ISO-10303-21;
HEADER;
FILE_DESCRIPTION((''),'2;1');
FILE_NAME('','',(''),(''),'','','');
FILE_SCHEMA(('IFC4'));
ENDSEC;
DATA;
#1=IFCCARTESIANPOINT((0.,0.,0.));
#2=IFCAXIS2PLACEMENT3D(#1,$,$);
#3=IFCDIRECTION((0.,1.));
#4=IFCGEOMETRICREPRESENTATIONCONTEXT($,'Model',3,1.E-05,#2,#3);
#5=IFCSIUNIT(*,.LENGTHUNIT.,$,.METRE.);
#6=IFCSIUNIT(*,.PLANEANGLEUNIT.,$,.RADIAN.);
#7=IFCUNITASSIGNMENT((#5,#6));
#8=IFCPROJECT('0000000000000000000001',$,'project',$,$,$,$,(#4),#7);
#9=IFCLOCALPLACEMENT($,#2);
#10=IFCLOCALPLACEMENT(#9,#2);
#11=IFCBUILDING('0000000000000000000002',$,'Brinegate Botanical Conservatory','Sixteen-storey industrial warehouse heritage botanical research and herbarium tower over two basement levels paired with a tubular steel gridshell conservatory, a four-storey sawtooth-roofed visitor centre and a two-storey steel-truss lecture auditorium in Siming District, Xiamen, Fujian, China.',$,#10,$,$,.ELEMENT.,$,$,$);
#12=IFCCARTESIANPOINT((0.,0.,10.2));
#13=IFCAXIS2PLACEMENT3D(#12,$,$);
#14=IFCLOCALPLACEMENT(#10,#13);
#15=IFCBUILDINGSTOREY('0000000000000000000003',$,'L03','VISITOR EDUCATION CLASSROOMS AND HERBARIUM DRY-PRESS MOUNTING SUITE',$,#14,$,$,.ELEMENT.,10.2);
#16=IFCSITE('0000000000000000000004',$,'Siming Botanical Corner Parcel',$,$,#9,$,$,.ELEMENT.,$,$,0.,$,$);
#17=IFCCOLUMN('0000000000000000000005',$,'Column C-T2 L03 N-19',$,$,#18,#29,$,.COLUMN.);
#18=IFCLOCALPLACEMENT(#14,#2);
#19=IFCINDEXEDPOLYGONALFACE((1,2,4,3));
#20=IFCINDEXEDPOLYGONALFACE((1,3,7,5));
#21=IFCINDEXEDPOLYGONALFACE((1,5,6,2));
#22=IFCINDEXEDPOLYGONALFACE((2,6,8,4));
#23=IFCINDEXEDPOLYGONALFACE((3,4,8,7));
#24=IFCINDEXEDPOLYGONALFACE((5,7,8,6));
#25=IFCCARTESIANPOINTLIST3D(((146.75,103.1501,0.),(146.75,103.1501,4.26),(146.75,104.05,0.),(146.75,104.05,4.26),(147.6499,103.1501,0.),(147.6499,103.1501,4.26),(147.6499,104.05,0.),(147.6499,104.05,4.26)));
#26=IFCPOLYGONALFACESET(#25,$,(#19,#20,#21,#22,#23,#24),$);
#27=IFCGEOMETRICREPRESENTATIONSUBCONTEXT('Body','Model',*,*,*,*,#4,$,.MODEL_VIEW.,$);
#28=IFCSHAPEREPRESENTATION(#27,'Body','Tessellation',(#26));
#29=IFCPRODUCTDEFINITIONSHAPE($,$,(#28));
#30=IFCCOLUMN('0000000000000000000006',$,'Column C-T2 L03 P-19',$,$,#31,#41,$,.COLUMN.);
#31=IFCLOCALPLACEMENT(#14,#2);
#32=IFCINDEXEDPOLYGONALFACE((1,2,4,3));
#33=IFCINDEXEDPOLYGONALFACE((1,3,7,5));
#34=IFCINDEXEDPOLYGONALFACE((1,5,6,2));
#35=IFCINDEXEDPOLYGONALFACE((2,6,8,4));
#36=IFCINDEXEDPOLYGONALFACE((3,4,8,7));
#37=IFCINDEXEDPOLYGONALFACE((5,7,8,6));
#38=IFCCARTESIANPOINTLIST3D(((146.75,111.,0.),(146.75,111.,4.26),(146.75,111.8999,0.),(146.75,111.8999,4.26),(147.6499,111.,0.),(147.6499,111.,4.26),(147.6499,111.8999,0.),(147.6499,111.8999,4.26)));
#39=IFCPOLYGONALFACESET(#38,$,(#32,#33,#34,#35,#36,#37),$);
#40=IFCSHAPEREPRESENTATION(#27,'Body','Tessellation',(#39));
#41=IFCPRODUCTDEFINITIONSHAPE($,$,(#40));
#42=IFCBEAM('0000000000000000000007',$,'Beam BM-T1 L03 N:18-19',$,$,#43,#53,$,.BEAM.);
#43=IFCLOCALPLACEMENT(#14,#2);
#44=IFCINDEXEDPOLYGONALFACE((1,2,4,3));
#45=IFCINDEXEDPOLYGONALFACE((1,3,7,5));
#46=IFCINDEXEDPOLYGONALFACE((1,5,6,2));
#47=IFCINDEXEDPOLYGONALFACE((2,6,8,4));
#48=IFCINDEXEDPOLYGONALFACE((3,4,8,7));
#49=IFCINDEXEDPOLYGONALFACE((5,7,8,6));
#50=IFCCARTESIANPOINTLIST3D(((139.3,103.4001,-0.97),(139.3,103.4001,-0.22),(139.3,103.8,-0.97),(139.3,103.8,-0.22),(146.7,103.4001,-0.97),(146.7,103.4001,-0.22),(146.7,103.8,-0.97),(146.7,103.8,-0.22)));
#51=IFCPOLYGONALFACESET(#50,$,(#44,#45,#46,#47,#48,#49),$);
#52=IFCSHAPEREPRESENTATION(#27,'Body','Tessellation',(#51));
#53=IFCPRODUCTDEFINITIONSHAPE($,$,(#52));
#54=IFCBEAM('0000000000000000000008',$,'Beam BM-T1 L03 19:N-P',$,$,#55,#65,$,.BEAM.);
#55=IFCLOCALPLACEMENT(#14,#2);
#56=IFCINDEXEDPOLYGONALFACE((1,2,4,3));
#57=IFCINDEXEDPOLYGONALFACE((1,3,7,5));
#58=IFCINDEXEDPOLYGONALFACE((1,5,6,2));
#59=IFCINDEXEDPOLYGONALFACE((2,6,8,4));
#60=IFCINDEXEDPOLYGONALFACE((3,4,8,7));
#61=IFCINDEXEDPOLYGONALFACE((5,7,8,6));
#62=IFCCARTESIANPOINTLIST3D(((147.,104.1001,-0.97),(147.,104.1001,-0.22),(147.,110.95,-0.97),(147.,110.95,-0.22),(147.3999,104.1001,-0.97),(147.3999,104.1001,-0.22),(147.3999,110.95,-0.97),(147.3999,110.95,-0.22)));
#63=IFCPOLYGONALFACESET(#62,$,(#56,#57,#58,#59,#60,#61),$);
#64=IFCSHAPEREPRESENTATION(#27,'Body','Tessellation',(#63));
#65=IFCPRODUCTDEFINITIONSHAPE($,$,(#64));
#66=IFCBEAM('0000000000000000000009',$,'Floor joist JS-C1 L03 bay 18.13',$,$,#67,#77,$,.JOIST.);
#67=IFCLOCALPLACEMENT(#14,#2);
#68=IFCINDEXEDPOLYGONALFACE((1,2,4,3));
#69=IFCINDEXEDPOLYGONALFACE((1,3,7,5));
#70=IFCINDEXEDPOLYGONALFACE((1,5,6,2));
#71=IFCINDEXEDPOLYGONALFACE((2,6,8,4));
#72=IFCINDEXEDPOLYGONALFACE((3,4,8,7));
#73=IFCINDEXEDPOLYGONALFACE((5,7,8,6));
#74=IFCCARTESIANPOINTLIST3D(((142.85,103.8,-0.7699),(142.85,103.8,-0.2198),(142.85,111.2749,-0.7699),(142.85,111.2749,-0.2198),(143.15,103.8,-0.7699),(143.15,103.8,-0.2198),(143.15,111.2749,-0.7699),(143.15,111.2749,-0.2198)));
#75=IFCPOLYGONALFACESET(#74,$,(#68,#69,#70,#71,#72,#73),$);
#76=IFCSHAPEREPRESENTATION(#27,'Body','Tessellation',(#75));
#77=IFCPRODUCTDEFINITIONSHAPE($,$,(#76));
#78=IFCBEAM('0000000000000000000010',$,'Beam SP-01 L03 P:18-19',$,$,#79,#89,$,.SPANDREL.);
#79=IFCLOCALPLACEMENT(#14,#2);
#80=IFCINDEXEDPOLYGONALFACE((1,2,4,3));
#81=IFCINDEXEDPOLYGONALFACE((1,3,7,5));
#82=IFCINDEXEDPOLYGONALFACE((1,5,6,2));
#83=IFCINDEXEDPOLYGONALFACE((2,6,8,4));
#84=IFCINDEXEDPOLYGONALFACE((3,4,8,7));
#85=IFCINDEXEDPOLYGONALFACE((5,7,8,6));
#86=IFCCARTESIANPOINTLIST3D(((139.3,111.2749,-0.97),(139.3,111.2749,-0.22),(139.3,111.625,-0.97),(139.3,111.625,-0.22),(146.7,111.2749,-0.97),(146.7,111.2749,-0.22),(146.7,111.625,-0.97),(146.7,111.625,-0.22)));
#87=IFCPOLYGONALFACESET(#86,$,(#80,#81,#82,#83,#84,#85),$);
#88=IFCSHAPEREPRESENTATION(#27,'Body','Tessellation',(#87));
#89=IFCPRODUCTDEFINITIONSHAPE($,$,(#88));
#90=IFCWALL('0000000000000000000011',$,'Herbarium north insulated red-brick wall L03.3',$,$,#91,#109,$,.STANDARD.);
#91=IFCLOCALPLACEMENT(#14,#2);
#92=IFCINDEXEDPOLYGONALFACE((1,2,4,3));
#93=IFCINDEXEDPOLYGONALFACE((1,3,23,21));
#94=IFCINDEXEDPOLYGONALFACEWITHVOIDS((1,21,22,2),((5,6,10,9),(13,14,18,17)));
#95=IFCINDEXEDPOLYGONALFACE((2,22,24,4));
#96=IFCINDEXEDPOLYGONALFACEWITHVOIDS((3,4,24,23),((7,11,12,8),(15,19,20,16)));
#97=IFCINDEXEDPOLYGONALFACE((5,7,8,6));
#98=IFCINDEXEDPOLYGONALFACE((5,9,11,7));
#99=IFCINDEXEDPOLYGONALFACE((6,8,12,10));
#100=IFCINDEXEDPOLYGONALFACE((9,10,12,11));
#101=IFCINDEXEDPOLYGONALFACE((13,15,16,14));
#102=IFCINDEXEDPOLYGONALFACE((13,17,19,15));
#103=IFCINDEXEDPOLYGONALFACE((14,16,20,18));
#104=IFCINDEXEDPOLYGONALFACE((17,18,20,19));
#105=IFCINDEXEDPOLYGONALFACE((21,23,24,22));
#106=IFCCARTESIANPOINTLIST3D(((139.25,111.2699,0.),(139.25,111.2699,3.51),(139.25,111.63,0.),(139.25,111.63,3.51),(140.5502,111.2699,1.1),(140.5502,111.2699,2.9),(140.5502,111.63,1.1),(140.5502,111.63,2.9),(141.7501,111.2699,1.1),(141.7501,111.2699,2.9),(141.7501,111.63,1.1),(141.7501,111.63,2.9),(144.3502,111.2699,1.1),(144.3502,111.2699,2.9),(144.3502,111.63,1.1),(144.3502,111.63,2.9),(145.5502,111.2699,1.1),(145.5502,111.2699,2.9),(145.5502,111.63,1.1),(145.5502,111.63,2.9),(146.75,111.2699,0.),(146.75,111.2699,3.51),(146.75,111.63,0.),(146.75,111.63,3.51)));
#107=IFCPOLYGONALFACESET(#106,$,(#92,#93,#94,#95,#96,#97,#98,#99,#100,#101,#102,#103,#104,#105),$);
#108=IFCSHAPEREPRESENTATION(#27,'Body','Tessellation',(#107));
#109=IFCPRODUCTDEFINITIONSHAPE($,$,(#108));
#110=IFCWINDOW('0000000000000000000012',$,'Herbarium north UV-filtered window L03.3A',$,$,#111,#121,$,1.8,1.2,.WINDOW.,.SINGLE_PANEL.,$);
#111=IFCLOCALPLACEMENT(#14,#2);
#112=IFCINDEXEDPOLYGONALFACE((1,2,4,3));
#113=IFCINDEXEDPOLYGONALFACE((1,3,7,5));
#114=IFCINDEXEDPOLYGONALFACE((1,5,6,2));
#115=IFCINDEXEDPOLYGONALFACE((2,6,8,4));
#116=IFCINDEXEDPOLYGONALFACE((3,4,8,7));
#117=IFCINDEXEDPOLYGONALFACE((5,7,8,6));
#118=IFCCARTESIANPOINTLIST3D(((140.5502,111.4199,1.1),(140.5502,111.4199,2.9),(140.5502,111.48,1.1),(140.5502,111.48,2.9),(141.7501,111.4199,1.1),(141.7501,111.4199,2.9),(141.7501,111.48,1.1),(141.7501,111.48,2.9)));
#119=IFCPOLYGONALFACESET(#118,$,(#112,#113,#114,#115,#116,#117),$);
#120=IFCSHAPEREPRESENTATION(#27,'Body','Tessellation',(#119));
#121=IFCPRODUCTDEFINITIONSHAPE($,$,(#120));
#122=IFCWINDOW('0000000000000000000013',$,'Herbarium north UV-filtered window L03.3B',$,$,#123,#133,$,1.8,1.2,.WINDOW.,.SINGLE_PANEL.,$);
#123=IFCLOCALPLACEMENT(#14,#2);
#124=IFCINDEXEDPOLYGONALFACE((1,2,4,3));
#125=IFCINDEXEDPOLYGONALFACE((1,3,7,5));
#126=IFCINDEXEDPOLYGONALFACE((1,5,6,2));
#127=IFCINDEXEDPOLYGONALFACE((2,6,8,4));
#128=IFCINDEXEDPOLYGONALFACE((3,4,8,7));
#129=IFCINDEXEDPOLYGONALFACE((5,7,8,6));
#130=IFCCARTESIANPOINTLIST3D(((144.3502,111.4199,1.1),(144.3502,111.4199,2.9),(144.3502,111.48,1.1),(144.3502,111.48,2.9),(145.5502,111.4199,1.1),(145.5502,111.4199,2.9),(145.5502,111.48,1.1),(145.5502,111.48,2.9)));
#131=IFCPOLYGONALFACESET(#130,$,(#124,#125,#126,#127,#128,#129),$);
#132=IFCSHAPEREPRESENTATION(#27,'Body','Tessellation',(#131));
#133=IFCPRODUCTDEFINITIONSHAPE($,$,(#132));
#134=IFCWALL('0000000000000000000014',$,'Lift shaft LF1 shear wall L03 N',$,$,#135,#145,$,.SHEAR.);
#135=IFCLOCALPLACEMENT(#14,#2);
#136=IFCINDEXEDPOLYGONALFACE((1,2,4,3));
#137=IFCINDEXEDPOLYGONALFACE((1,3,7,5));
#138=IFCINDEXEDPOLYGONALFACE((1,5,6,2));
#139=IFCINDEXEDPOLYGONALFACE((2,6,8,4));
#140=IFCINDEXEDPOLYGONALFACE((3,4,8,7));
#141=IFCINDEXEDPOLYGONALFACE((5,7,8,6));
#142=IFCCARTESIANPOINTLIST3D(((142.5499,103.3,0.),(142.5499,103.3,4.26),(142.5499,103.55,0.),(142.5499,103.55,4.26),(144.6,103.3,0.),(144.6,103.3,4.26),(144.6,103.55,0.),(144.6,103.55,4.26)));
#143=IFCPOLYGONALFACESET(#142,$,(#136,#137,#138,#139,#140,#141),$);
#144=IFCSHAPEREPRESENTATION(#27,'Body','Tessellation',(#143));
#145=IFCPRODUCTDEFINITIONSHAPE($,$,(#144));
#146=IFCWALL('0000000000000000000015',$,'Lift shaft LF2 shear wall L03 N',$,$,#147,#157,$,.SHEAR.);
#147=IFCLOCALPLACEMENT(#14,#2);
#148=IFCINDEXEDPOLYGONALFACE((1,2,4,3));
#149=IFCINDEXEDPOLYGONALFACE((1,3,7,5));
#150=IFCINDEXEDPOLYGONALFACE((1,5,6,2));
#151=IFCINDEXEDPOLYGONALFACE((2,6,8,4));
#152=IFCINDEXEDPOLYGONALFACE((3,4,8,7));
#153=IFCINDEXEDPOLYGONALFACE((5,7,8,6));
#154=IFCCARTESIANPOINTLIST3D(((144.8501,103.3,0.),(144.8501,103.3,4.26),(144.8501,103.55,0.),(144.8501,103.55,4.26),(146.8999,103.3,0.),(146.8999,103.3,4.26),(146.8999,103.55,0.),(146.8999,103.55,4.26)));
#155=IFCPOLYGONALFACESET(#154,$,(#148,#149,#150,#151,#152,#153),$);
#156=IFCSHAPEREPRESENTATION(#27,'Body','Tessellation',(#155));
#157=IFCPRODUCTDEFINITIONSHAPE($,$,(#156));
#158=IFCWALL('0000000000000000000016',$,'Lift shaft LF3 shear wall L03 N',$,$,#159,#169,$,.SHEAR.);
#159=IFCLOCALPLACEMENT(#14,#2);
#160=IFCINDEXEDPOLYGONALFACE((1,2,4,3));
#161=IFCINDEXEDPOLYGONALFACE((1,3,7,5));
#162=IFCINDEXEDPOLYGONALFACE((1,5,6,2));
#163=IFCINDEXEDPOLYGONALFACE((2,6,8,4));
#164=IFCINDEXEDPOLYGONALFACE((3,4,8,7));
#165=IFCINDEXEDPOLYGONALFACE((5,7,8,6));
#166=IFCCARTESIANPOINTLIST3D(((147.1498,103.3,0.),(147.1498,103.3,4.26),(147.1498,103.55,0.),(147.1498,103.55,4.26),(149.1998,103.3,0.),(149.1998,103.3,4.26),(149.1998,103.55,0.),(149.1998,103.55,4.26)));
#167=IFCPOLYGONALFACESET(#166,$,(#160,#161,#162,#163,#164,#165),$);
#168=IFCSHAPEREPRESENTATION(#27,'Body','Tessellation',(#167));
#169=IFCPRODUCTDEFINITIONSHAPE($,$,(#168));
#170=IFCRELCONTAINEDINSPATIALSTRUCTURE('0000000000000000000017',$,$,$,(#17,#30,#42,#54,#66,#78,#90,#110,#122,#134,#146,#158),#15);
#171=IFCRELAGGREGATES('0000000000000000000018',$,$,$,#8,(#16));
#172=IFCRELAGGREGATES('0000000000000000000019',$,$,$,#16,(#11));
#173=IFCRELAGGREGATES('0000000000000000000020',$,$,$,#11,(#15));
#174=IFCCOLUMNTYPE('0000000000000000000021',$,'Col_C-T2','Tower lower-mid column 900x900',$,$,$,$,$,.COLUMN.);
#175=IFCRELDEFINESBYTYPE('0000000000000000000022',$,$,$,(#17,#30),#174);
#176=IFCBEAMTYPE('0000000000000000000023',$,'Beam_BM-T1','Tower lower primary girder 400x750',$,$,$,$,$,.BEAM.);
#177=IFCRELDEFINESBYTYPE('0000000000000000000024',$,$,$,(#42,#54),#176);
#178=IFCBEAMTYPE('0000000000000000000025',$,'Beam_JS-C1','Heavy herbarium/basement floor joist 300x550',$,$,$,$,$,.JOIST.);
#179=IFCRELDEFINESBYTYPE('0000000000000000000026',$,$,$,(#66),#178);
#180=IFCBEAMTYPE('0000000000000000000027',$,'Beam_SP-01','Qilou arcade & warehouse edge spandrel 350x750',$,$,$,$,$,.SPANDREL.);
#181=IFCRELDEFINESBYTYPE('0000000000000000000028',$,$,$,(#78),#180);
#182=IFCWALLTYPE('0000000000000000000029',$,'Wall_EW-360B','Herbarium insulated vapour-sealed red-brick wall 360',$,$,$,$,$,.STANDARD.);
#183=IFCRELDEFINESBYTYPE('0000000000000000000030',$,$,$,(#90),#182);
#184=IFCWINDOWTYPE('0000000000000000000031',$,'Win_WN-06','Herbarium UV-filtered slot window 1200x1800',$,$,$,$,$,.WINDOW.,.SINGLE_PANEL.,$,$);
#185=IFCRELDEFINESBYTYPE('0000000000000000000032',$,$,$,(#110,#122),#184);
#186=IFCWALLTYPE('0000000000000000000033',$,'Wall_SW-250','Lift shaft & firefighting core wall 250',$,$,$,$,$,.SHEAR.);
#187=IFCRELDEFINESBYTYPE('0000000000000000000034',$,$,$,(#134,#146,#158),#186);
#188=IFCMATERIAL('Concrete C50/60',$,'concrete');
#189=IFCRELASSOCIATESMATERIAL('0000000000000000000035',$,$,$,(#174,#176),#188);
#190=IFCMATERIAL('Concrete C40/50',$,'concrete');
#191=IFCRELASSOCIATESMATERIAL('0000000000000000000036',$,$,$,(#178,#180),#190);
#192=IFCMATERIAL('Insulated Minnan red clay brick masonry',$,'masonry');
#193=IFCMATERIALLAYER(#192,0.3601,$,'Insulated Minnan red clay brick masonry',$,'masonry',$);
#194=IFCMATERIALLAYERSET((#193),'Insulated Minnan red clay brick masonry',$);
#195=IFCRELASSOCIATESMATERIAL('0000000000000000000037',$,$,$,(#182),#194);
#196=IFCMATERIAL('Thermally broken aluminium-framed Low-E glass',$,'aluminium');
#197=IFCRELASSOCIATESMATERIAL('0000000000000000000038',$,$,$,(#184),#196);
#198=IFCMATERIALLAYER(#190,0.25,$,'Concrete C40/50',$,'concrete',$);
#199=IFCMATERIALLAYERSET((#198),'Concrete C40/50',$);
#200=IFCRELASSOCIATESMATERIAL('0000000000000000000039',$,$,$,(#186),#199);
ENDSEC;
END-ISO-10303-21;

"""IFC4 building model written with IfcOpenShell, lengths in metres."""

from ifc_helpers import new_model, si_unit, direction, frame, frame_2d, origin, origin_2d, place, context, subcontext, project, spatial, rectangle, extrude, material, layer, layer_set, material_profile, profile_set, type_object, element, fill, save


model = new_model("IFC4")

# Units and contexts
model_context = context("Model", 3, precision=1e-05, world=origin(), true_north=direction((0.0, 1.0)))
body_context = subcontext(model_context, "Body", "Model", "MODEL_VIEW")
ifc_project = project(units=[si_unit("LENGTHUNIT", "METRE"), si_unit("PLANEANGLEUNIT", "RADIAN")], contexts=[model_context])

# Site, building, storey
site_placement = place(None, origin())
site = spatial("IfcSite", under=ifc_project, at=site_placement, Name="Siming Botanical Corner Parcel", CompositionType="ELEMENT", RefElevation=0.0)
building_placement = place(site_placement, origin())
building = spatial("IfcBuilding", under=site, at=building_placement, Name="Brinegate Botanical Conservatory", Description="Sixteen-storey industrial warehouse heritage botanical research and herbarium tower over two basement levels paired with a tubular steel gridshell conservatory, a four-storey sawtooth-roofed visitor centre and a two-storey steel-truss lecture auditorium in Siming District, Xiamen, Fujian, China.", CompositionType="ELEMENT")
storey_placement = place(building_placement, frame((0.0, 0.0, 10.2)))
storey = spatial("IfcBuildingStorey", under=building, at=storey_placement, Name="L03", Description="VISITOR EDUCATION CLASSROOMS AND HERBARIUM DRY-PRESS MOUNTING SUITE", CompositionType="ELEMENT", Elevation=10.2)

# Columns
ifc_material_1 = material(Name="Concrete C50/60", Category="concrete")
ifc_material_profile_1 = material_profile(ifc_material_1, rectangle(XDim=0.8999, YDim=0.8999, at=origin_2d()), Name="RC COL 900x900")
ifc_profile_set_1 = profile_set([ifc_material_profile_1], Name="Concrete C50/60")
column_type = type_object("IfcColumnType", Name="Col_C-T2", Description="Tower lower-mid column 900x900", PredefinedType="COLUMN", material=ifc_profile_set_1)
for number, where, z_axis, x_axis, name in (
    (1, (147.2, 103.6001, 0.0), (0.0, 0.0, 1.0), (1.0, 0.0, 0.0), "Column C-T2 L03 N-19"),
    (2, (147.2, 111.45, 0.0), (0.0, 0.0, 1.0), (1.0, 0.0, 0.0), "Column C-T2 L03 P-19"),
):
    element("IfcColumn", number, at=place(storey_placement, frame(where, z_axis=z_axis, x_axis=x_axis)), inside=storey, type_object=column_type, Name=name, PredefinedType="COLUMN", context=body_context, shape_type="SweptSolid", body=[
        extrude(rectangle(XDim=0.8999, YDim=0.8999, at=origin_2d()), origin(), (0.0, 0.0, 1.0), 4.26),
    ])

# Beams
ifc_material_profile_2 = material_profile(ifc_material_1, rectangle(XDim=0.3999, YDim=0.75, at=origin_2d()), Name="RC BM 400x750")
ifc_profile_set_2 = profile_set([ifc_material_profile_2], Name="Concrete C50/60")
beam_type_1 = type_object("IfcBeamType", Name="Beam_BM-T1", Description="Tower lower primary girder 400x750", PredefinedType="BEAM", material=ifc_profile_set_2)
beam_1_placement = place(storey_placement, frame((139.3, 103.6001, -0.595), z_axis=(1.0, 0.0, 0.0), x_axis=(0.0, 1.0, 0.0)))
element("IfcBeam", 3, at=beam_1_placement, inside=storey, type_object=beam_type_1, Name="Beam BM-T1 L03 N:18-19", PredefinedType="BEAM", context=body_context, shape_type="SweptSolid", body=[
    extrude(rectangle(XDim=0.3999, YDim=0.75, at=origin_2d()), origin(), (0.0, 0.0, 1.0), 7.3999),
])
beam_2_placement = place(storey_placement, frame((147.2, 104.1001, -0.595), z_axis=(0.0, 1.0, 0.0), x_axis=(-1.0, 0.0, 0.0)))
element("IfcBeam", 4, at=beam_2_placement, inside=storey, type_object=beam_type_1, Name="Beam BM-T1 L03 19:N-P", PredefinedType="BEAM", context=body_context, shape_type="SweptSolid", body=[
    extrude(rectangle(XDim=0.3999, YDim=0.75, at=origin_2d()), origin(), (0.0, 0.0, 1.0), 6.8499),
])
ifc_material_2 = material(Name="Concrete C40/50", Category="concrete")
ifc_material_profile_3 = material_profile(ifc_material_2, rectangle(XDim=0.3, YDim=0.55, at=origin_2d()), Name="RC JST 300x550")
ifc_profile_set_3 = profile_set([ifc_material_profile_3], Name="Concrete C40/50")
beam_type_2 = type_object("IfcBeamType", Name="Beam_JS-C1", Description="Heavy herbarium/basement floor joist 300x550", PredefinedType="JOIST", material=ifc_profile_set_3)
beam_3_placement = place(storey_placement, frame((143.0, 103.8, -0.4949), z_axis=(0.0, 1.0, 0.0), x_axis=(-1.0, 0.0, 0.0)))
element("IfcBeam", 5, at=beam_3_placement, inside=storey, type_object=beam_type_2, Name="Floor joist JS-C1 L03 bay 18.13", PredefinedType="JOIST", context=body_context, shape_type="SweptSolid", body=[
    extrude(rectangle(XDim=0.3, YDim=0.55, at=origin_2d()), origin(), (0.0, 0.0, 1.0), 7.4749),
])
ifc_material_profile_4 = material_profile(ifc_material_2, rectangle(XDim=0.3501, YDim=0.75, at=origin_2d()), Name="RC SPN 350x750")
ifc_profile_set_4 = profile_set([ifc_material_profile_4], Name="Concrete C40/50")
beam_type_3 = type_object("IfcBeamType", Name="Beam_SP-01", Description="Qilou arcade & warehouse edge spandrel 350x750", PredefinedType="SPANDREL", material=ifc_profile_set_4)
beam_4_placement = place(storey_placement, frame((139.3, 111.45, -0.595), z_axis=(1.0, 0.0, 0.0), x_axis=(0.0, 1.0, 0.0)))
element("IfcBeam", 6, at=beam_4_placement, inside=storey, type_object=beam_type_3, Name="Beam SP-01 L03 P:18-19", PredefinedType="SPANDREL", context=body_context, shape_type="SweptSolid", body=[
    extrude(rectangle(XDim=0.3501, YDim=0.75, at=origin_2d()), origin(), (0.0, 0.0, 1.0), 7.3999),
])

# Wall, openings, windows
ifc_material_3 = material(Name="Insulated Minnan red clay brick masonry", Category="masonry")
ifc_layer_1 = layer(ifc_material_3, 0.3601, Name="Insulated Minnan red clay brick masonry", Category="masonry")
ifc_layer_set_1 = layer_set([ifc_layer_1], Name="Insulated Minnan red clay brick masonry")
wall_type_1 = type_object("IfcWallType", Name="Wall_EW-360B", Description="Herbarium insulated vapour-sealed red-brick wall 360", PredefinedType="STANDARD", material=ifc_layer_set_1)
wall_1_placement = place(storey_placement, frame((139.25, 111.45, 0.0), z_axis=(0.0, 0.0, 1.0), x_axis=(1.0, 0.0, 0.0)))
wall_1 = element("IfcWall", 7, at=wall_1_placement, inside=storey, type_object=wall_type_1, Name="Herbarium north insulated red-brick wall L03.3", PredefinedType="STANDARD", context=body_context, shape_type="SweptSolid", body=[
    extrude(rectangle(XDim=7.5, YDim=0.3601, at=frame_2d((3.75, 0.0))), origin(), (0.0, 0.0, 1.0), 3.51),
])
opening_1_placement = place(wall_1_placement, frame((1.3, 0.0, 1.1001)))
opening_1 = element("IfcOpeningElement", 8, at=opening_1_placement, cuts=wall_1, PredefinedType="OPENING", context=body_context, shape_type="SweptSolid", body=[
    extrude(rectangle(XDim=1.2, YDim=1.8, at=frame_2d((0.6001, 0.8999))), frame((0.0, 0.1899, 0.0), z_axis=(0.0, -1.0, 0.0), x_axis=(1.0, 0.0, 0.0)), (0.0, 0.0, 1.0), 0.3801),
])
opening_2_placement = place(wall_1_placement, frame((5.1001, 0.0, 1.1001)))
opening_2 = element("IfcOpeningElement", 9, at=opening_2_placement, cuts=wall_1, PredefinedType="OPENING", context=body_context, shape_type="SweptSolid", body=[
    extrude(rectangle(XDim=1.2, YDim=1.8, at=frame_2d((0.6001, 0.8999))), frame((0.0, 0.1899, 0.0), z_axis=(0.0, -1.0, 0.0), x_axis=(1.0, 0.0, 0.0)), (0.0, 0.0, 1.0), 0.3801),
])
ifc_material_4 = material(Name="Thermally broken aluminium-framed Low-E glass", Category="aluminium")
window_type = type_object("IfcWindowType", Name="Win_WN-06", Description="Herbarium UV-filtered slot window 1200x1800", PartitioningType="SINGLE_PANEL", PredefinedType="WINDOW", material=ifc_material_4)
window_1_placement = place(opening_1_placement, origin())
window_1 = element("IfcWindow", 10, at=window_1_placement, inside=storey, type_object=window_type, Name="Herbarium north UV-filtered window L03.3A", OverallHeight=1.8, OverallWidth=1.2, PartitioningType="SINGLE_PANEL", PredefinedType="WINDOW", context=body_context, shape_type="SweptSolid", body=[
    extrude(rectangle(XDim=1.2, YDim=1.8, at=frame_2d((0.6001, 0.8999))), frame((0.0, 0.03, 0.0), z_axis=(0.0, -1.0, 0.0), x_axis=(1.0, 0.0, 0.0)), (0.0, 0.0, 1.0), 0.0601),
])
fill(opening_1, window_1)
window_2_placement = place(opening_2_placement, origin())
window_2 = element("IfcWindow", 11, at=window_2_placement, inside=storey, type_object=window_type, Name="Herbarium north UV-filtered window L03.3B", OverallHeight=1.8, OverallWidth=1.2, PartitioningType="SINGLE_PANEL", PredefinedType="WINDOW", context=body_context, shape_type="SweptSolid", body=[
    extrude(rectangle(XDim=1.2, YDim=1.8, at=frame_2d((0.6001, 0.8999))), frame((0.0, 0.03, 0.0), z_axis=(0.0, -1.0, 0.0), x_axis=(1.0, 0.0, 0.0)), (0.0, 0.0, 1.0), 0.0601),
])
fill(opening_2, window_2)

# Wall
ifc_layer_2 = layer(ifc_material_2, 0.25, Name="Concrete C40/50", Category="concrete")
ifc_layer_set_2 = layer_set([ifc_layer_2], Name="Concrete C40/50")
wall_type_2 = type_object("IfcWallType", Name="Wall_SW-250", Description="Lift shaft & firefighting core wall 250", PredefinedType="SHEAR", material=ifc_layer_set_2)
wall_2_placement = place(storey_placement, frame((142.55, 103.425, 0.0), z_axis=(0.0, 0.0, 1.0), x_axis=(1.0, 0.0, 0.0)))
element("IfcWall", 12, at=wall_2_placement, inside=storey, type_object=wall_type_2, Name="Lift shaft LF1 shear wall L03 N", PredefinedType="SHEAR", context=body_context, shape_type="SweptSolid", body=[
    extrude(rectangle(XDim=2.05, YDim=0.25, at=frame_2d((1.0249, 0.0))), origin(), (0.0, 0.0, 1.0), 4.26),
])

# Wall
wall_3_placement = place(storey_placement, frame((144.8501, 103.425, 0.0), z_axis=(0.0, 0.0, 1.0), x_axis=(1.0, 0.0, 0.0)))
element("IfcWall", 13, at=wall_3_placement, inside=storey, type_object=wall_type_2, Name="Lift shaft LF2 shear wall L03 N", PredefinedType="SHEAR", context=body_context, shape_type="SweptSolid", body=[
    extrude(rectangle(XDim=2.0498, YDim=0.25, at=frame_2d((1.0249, 0.0))), origin(), (0.0, 0.0, 1.0), 4.26),
])

# Wall
wall_4_placement = place(storey_placement, frame((147.1499, 103.425, 0.0), z_axis=(0.0, 0.0, 1.0), x_axis=(1.0, 0.0, 0.0)))
element("IfcWall", 14, at=wall_4_placement, inside=storey, type_object=wall_type_2, Name="Lift shaft LF3 shear wall L03 N", PredefinedType="SHEAR", context=body_context, shape_type="SweptSolid", body=[
    extrude(rectangle(XDim=2.05, YDim=0.25, at=frame_2d((1.0249, 0.0))), origin(), (0.0, 0.0, 1.0), 4.26),
])

save(model, "model.ifc")
